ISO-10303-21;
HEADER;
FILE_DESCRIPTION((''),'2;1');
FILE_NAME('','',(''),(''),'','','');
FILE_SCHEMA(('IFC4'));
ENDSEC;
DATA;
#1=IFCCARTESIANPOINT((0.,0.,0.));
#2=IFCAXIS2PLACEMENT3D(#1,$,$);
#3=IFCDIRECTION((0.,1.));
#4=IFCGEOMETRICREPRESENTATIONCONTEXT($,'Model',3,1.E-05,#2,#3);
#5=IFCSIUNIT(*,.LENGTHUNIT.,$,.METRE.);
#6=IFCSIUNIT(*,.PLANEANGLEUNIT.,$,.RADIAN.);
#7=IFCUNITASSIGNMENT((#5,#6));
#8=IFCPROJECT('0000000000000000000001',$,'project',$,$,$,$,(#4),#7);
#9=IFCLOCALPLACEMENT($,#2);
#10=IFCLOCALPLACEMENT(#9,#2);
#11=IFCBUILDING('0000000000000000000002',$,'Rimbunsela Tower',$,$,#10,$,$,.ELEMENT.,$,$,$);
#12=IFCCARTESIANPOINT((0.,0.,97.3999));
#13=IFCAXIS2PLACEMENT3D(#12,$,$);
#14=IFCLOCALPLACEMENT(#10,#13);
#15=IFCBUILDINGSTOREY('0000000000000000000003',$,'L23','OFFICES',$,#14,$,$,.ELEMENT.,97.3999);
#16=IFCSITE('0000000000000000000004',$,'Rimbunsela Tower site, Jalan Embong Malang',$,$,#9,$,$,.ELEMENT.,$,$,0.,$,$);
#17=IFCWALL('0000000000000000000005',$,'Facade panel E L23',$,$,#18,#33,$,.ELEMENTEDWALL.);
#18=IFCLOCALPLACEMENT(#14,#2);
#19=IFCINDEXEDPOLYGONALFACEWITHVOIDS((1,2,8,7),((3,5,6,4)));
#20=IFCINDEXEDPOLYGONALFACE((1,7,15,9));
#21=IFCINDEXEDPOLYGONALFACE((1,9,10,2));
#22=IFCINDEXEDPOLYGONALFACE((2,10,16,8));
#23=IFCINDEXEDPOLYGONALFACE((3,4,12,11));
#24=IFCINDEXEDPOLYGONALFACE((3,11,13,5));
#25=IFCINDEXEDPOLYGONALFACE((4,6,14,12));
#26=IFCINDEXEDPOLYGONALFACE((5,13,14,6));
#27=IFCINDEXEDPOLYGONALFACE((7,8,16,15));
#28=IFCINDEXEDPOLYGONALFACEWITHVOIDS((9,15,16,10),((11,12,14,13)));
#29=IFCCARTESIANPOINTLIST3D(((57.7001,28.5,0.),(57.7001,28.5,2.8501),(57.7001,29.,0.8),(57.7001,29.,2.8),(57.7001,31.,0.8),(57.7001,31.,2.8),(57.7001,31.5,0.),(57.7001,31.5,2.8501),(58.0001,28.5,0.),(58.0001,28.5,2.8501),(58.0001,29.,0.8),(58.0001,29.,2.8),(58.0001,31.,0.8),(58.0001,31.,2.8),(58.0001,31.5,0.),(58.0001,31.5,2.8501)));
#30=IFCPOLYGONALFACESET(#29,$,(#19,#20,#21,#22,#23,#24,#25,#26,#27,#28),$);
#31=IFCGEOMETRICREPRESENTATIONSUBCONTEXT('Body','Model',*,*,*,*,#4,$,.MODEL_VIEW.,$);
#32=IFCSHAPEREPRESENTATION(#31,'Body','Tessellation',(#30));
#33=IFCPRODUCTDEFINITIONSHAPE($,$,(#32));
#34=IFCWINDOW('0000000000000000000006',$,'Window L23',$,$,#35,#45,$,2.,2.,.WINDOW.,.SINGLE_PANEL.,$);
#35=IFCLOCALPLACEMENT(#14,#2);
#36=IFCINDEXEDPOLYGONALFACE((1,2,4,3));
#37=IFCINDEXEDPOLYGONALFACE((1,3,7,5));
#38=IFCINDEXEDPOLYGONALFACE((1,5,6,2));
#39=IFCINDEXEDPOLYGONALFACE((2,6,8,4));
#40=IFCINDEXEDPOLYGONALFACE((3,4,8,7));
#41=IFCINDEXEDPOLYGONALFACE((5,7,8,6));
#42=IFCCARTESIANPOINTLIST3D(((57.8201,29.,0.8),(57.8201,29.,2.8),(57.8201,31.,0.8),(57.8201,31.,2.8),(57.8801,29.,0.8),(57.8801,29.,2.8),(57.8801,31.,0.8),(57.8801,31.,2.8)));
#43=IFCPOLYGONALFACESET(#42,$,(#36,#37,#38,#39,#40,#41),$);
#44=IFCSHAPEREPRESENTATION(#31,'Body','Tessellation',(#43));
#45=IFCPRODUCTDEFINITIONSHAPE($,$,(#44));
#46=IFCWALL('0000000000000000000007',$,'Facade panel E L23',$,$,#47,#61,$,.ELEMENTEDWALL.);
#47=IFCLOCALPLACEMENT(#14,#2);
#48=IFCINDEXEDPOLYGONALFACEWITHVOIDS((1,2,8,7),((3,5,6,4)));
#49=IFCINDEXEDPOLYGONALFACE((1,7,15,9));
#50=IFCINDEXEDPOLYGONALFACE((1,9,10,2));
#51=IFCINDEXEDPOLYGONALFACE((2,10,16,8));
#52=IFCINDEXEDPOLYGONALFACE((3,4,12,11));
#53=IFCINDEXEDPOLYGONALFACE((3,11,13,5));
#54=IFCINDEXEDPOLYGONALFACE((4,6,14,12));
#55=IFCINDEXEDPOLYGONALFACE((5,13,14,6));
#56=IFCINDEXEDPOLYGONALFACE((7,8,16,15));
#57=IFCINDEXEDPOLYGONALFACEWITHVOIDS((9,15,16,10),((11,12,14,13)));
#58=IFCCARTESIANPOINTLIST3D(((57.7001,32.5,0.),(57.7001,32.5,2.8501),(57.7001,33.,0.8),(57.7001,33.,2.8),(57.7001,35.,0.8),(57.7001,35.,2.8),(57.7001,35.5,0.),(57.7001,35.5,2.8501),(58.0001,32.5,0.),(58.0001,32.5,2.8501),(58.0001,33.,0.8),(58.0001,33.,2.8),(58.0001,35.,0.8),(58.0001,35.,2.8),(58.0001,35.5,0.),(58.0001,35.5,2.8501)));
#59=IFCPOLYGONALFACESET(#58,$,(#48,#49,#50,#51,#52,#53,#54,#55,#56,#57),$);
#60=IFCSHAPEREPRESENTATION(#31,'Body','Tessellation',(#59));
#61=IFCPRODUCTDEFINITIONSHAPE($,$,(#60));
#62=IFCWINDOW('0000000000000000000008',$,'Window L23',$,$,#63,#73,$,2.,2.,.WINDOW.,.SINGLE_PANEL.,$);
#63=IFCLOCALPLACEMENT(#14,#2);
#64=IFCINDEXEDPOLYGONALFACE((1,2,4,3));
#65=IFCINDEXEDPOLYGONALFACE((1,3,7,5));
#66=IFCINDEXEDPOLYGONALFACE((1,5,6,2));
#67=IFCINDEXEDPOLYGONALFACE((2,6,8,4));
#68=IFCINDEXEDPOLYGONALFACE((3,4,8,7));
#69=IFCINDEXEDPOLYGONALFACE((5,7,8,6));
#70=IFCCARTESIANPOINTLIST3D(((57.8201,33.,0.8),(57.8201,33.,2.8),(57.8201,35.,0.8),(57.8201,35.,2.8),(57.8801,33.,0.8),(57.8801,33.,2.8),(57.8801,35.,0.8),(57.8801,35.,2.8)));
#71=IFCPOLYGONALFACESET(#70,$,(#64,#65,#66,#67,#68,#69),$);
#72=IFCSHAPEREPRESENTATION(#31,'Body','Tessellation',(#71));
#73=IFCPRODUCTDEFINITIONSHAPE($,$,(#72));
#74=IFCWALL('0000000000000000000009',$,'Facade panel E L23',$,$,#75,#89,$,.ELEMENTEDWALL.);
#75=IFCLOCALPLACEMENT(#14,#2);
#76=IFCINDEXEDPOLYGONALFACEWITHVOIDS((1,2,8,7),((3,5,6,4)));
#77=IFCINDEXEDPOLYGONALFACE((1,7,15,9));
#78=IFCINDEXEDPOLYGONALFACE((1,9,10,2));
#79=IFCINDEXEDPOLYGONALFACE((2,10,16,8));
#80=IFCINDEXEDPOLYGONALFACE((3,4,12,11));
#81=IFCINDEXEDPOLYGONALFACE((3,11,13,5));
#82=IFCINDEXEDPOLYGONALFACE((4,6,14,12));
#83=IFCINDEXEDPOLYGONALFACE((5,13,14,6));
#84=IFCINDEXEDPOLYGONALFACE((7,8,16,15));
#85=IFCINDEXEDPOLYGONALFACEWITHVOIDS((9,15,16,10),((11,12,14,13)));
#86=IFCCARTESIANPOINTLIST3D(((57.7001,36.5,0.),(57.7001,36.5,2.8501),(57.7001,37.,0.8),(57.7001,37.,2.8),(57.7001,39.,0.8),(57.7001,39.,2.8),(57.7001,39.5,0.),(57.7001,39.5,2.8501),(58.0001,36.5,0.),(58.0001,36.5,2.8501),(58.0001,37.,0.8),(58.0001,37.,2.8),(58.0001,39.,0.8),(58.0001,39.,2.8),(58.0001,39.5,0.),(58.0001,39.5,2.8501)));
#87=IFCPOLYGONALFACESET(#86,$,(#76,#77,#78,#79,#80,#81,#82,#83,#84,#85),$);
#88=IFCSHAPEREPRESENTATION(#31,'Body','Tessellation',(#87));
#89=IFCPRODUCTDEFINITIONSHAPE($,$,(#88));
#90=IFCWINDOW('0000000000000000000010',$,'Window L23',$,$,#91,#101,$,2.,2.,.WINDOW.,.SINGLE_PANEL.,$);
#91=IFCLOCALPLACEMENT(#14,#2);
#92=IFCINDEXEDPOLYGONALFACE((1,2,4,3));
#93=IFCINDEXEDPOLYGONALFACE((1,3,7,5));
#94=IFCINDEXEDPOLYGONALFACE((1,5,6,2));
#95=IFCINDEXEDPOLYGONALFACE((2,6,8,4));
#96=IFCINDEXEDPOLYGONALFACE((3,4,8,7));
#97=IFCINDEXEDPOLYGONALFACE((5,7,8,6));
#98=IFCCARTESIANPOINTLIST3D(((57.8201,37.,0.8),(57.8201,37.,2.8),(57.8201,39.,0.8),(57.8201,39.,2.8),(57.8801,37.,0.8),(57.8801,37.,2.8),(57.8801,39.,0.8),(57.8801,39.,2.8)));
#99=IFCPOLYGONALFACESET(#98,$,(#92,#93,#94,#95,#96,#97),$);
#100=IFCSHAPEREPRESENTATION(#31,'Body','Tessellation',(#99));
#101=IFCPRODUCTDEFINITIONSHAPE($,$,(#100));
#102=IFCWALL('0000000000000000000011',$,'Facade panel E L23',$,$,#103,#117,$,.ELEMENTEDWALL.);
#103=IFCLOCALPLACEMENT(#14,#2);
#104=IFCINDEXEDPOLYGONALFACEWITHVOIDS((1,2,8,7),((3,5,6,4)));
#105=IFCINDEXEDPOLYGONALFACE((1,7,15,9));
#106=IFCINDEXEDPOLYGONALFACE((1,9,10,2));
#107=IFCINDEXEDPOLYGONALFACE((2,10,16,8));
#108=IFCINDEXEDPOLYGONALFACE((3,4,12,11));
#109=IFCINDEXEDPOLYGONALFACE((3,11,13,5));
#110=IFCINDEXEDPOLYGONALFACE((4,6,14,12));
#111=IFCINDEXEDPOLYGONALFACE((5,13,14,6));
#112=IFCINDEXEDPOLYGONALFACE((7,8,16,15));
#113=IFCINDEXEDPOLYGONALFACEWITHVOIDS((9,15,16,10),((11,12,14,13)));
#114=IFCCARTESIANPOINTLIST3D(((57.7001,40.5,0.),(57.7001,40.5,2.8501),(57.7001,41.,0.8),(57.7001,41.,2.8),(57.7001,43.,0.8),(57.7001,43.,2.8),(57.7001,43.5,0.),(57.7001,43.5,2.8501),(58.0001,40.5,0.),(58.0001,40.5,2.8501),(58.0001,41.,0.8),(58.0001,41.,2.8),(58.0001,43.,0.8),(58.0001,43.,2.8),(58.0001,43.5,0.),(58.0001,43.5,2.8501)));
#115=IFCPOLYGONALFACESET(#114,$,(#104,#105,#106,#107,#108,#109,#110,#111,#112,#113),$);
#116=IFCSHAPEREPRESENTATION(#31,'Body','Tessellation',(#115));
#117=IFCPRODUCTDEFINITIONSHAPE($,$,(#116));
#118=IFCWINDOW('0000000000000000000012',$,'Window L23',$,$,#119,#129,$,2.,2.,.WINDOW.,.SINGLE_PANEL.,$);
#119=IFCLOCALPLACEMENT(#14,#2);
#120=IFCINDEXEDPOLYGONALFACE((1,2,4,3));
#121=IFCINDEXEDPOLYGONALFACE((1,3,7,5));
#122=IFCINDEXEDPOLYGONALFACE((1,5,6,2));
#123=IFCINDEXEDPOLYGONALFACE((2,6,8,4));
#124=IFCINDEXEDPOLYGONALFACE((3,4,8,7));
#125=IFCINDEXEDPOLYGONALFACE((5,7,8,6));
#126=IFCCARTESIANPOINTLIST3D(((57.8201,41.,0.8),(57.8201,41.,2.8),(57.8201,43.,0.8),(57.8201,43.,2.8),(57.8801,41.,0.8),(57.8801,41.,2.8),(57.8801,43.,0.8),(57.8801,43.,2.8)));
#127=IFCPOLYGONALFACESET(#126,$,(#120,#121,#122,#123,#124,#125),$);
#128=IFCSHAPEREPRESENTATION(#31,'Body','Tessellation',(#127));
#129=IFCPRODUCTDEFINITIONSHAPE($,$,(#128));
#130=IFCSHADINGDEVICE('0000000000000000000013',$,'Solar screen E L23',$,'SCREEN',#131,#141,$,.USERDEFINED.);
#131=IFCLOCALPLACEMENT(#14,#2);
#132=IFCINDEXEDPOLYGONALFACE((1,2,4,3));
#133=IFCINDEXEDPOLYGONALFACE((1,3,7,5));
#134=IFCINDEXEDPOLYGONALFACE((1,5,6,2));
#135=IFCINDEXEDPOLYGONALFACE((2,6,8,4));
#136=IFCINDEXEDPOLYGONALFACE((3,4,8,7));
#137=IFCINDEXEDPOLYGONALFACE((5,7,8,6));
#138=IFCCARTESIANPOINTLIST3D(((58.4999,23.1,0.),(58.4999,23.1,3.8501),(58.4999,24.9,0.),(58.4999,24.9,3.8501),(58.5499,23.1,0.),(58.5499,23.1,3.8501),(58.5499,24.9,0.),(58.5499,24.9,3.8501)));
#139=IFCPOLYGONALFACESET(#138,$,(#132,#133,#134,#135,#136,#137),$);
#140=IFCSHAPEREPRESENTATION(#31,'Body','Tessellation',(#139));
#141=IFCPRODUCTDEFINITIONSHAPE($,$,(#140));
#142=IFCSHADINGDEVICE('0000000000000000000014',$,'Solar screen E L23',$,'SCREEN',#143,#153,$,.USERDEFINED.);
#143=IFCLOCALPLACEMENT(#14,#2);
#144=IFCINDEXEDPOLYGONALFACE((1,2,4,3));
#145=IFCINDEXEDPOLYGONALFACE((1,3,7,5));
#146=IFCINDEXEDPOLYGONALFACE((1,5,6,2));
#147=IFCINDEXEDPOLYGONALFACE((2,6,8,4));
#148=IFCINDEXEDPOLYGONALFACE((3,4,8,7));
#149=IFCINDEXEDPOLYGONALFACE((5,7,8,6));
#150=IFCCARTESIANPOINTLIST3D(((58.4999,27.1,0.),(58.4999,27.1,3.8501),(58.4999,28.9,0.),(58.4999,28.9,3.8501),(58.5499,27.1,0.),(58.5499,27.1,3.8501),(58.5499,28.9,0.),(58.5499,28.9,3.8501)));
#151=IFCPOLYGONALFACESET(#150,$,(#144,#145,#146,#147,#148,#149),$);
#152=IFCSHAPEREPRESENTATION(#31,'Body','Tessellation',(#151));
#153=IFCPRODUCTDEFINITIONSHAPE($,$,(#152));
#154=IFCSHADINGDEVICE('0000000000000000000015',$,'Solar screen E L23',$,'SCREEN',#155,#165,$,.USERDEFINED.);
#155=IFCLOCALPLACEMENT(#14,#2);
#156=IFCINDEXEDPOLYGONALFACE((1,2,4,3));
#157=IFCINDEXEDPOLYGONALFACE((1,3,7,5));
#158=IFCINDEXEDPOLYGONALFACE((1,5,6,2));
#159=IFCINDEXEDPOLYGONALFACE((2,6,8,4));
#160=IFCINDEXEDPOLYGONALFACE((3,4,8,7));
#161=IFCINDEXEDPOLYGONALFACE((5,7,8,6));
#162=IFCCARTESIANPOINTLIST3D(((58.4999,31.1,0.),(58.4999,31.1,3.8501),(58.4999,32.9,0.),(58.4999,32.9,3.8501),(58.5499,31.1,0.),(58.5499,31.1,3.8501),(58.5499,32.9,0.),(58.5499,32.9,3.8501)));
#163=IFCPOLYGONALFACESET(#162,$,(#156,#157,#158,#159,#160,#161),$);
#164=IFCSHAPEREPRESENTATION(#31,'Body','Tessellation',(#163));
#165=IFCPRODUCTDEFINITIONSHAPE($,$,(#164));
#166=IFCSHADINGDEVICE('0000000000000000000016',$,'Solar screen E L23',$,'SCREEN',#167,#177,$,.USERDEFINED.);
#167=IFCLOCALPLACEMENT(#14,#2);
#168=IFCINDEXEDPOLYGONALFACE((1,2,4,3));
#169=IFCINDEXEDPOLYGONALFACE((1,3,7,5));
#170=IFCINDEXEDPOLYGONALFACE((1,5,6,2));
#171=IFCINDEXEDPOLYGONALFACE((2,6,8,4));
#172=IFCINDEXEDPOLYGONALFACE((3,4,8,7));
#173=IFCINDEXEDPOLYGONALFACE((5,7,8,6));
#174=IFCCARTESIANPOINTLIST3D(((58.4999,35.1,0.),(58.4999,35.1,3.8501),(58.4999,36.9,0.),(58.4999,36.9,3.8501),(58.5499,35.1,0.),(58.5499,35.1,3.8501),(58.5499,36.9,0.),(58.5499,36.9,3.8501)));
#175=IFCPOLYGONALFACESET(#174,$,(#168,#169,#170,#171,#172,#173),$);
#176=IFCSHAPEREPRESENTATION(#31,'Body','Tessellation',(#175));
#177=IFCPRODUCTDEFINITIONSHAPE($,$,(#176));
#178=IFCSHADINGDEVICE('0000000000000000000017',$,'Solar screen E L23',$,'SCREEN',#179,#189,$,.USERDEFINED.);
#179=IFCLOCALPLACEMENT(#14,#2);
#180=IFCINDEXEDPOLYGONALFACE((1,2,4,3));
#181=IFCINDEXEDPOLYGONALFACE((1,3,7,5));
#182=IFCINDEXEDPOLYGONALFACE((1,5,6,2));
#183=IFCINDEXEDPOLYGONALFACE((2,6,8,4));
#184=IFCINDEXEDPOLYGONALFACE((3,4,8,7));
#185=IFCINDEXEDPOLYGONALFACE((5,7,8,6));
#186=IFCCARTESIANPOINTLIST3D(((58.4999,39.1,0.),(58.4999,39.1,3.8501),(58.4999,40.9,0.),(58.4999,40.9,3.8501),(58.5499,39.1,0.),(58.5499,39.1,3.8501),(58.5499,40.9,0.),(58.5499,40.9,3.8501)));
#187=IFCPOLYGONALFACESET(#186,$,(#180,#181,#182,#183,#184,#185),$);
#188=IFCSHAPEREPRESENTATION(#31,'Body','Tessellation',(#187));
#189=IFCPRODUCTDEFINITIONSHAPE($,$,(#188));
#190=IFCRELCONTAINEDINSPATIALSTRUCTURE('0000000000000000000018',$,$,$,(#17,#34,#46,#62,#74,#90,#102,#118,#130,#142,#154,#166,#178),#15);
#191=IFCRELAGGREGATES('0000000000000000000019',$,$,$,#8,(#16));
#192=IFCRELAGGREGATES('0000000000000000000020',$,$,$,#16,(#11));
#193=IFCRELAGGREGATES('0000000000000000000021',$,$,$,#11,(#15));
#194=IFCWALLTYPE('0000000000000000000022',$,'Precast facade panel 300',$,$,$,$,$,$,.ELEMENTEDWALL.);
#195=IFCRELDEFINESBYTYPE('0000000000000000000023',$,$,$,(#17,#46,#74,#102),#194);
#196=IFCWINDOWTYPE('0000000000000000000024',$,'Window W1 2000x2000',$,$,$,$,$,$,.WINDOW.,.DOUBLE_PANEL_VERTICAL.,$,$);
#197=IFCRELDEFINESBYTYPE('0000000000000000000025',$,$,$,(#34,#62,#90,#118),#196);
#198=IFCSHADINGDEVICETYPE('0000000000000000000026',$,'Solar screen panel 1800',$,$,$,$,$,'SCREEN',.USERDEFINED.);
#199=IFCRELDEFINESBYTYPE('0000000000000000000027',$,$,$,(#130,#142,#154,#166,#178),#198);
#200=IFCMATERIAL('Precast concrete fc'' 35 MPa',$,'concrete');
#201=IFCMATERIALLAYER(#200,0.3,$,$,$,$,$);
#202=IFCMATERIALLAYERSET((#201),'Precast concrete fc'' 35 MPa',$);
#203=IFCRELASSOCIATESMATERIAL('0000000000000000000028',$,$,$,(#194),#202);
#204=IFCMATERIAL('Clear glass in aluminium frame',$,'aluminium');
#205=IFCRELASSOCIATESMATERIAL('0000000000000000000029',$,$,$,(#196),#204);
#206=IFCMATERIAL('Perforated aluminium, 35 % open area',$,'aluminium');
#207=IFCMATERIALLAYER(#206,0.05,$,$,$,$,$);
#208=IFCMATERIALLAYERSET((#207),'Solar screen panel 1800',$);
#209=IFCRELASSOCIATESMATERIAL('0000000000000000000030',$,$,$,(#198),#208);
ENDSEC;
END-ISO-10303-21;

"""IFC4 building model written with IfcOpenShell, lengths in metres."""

from ifc_helpers import new_model, si_unit, direction, frame, frame_2d, origin, origin_2d, place, context, subcontext, project, spatial, rectangle, extrude, material, layer, layer_set, type_object, element, fill, save


model = new_model("IFC4")

# Units and contexts
model_context = context("Model", 3, precision=1e-05, world=origin(), true_north=direction((0.0, 1.0)))
body_context = subcontext(model_context, "Body", "Model", "MODEL_VIEW")
ifc_project = project(units=[si_unit("LENGTHUNIT", "METRE"), si_unit("PLANEANGLEUNIT", "RADIAN")], contexts=[model_context])

# Site, building, storey
site_placement = place(None, origin())
site = spatial("IfcSite", under=ifc_project, at=site_placement, Name="Rimbunsela Tower site, Jalan Embong Malang", CompositionType="ELEMENT", RefElevation=0.0)
building_placement = place(site_placement, origin())
building = spatial("IfcBuilding", under=site, at=building_placement, Name="Rimbunsela Tower", CompositionType="ELEMENT")
storey_placement = place(building_placement, frame((0.0, 0.0, 97.3999)))
storey = spatial("IfcBuildingStorey", under=building, at=storey_placement, Name="L23", Description="OFFICES", CompositionType="ELEMENT", Elevation=97.3999)

# Walls, openings, windows
ifc_material_1 = material(Name="Precast concrete fc' 35 MPa", Category="concrete")
ifc_layer_1 = layer(ifc_material_1, 0.3)
ifc_layer_set_1 = layer_set([ifc_layer_1], Name="Precast concrete fc' 35 MPa")
wall_type = type_object("IfcWallType", Name="Precast facade panel 300", PredefinedType="ELEMENTEDWALL", material=ifc_layer_set_1)
ifc_material_2 = material(Name="Clear glass in aluminium frame", Category="aluminium")
window_type = type_object("IfcWindowType", Name="Window W1 2000x2000", PartitioningType="DOUBLE_PANEL_VERTICAL", PredefinedType="WINDOW", material=ifc_material_2)
wall_1_placement = place(storey_placement, frame((57.8501, 28.5, 0.0), z_axis=(0.0, 0.0, 1.0), x_axis=(0.0, 1.0, 0.0)))
wall_1 = element("IfcWall", 1, at=wall_1_placement, inside=storey, type_object=wall_type, Name="Facade panel E L23", PredefinedType="ELEMENTEDWALL", context=body_context, shape_type="SweptSolid", body=[
    extrude(rectangle(XDim=3.0, YDim=0.3, at=frame_2d((1.5, 0.0))), origin(), (0.0, 0.0, 1.0), 2.8501),
])
opening_1_placement = place(wall_1_placement, frame((0.5, 0.0, 0.8)))
opening_1 = element("IfcOpeningElement", 2, at=opening_1_placement, cuts=wall_1, PredefinedType="OPENING", context=body_context, shape_type="SweptSolid", body=[
    extrude(rectangle(XDim=2.0, YDim=2.0, at=frame_2d((1.0, 1.0))), frame((0.0, 0.1599, 0.0), z_axis=(0.0, -1.0, 0.0), x_axis=(1.0, 0.0, 0.0)), (0.0, 0.0, 1.0), 0.3201),
])
window_1_placement = place(opening_1_placement, origin())
window_1 = element("IfcWindow", 3, at=window_1_placement, inside=storey, type_object=window_type, Name="Window L23", OverallHeight=2.0, OverallWidth=2.0, PartitioningType="SINGLE_PANEL", PredefinedType="WINDOW", context=body_context, shape_type="SweptSolid", body=[
    extrude(rectangle(XDim=2.0, YDim=2.0, at=frame_2d((1.0, 1.0))), frame((0.0, 0.03, 0.0), z_axis=(0.0, -1.0, 0.0), x_axis=(1.0, 0.0, 0.0)), (0.0, 0.0, 1.0), 0.0601),
])
fill(opening_1, window_1)
wall_2_placement = place(storey_placement, frame((57.8501, 32.5, 0.0), z_axis=(0.0, 0.0, 1.0), x_axis=(0.0, 1.0, 0.0)))
wall_2 = element("IfcWall", 4, at=wall_2_placement, inside=storey, type_object=wall_type, Name="Facade panel E L23", PredefinedType="ELEMENTEDWALL", context=body_context, shape_type="SweptSolid", body=[
    extrude(rectangle(XDim=3.0, YDim=0.3, at=frame_2d((1.5, 0.0))), origin(), (0.0, 0.0, 1.0), 2.8501),
])
opening_2_placement = place(wall_2_placement, frame((0.5, 0.0, 0.8)))
opening_2 = element("IfcOpeningElement", 5, at=opening_2_placement, cuts=wall_2, PredefinedType="OPENING", context=body_context, shape_type="SweptSolid", body=[
    extrude(rectangle(XDim=2.0, YDim=2.0, at=frame_2d((1.0, 1.0))), frame((0.0, 0.1599, 0.0), z_axis=(0.0, -1.0, 0.0), x_axis=(1.0, 0.0, 0.0)), (0.0, 0.0, 1.0), 0.3201),
])
window_2_placement = place(opening_2_placement, origin())
window_2 = element("IfcWindow", 6, at=window_2_placement, inside=storey, type_object=window_type, Name="Window L23", OverallHeight=2.0, OverallWidth=2.0, PartitioningType="SINGLE_PANEL", PredefinedType="WINDOW", context=body_context, shape_type="SweptSolid", body=[
    extrude(rectangle(XDim=2.0, YDim=2.0, at=frame_2d((1.0, 1.0))), frame((0.0, 0.03, 0.0), z_axis=(0.0, -1.0, 0.0), x_axis=(1.0, 0.0, 0.0)), (0.0, 0.0, 1.0), 0.0601),
])
fill(opening_2, window_2)
wall_3_placement = place(storey_placement, frame((57.8501, 36.5, 0.0), z_axis=(0.0, 0.0, 1.0), x_axis=(0.0, 1.0, 0.0)))
wall_3 = element("IfcWall", 7, at=wall_3_placement, inside=storey, type_object=wall_type, Name="Facade panel E L23", PredefinedType="ELEMENTEDWALL", context=body_context, shape_type="SweptSolid", body=[
    extrude(rectangle(XDim=3.0, YDim=0.3, at=frame_2d((1.5, 0.0))), origin(), (0.0, 0.0, 1.0), 2.8501),
])
opening_3_placement = place(wall_3_placement, frame((0.5, 0.0, 0.8)))
opening_3 = element("IfcOpeningElement", 8, at=opening_3_placement, cuts=wall_3, PredefinedType="OPENING", context=body_context, shape_type="SweptSolid", body=[
    extrude(rectangle(XDim=2.0, YDim=2.0, at=frame_2d((1.0, 1.0))), frame((0.0, 0.1599, 0.0), z_axis=(0.0, -1.0, 0.0), x_axis=(1.0, 0.0, 0.0)), (0.0, 0.0, 1.0), 0.3201),
])
window_3_placement = place(opening_3_placement, origin())
window_3 = element("IfcWindow", 9, at=window_3_placement, inside=storey, type_object=window_type, Name="Window L23", OverallHeight=2.0, OverallWidth=2.0, PartitioningType="SINGLE_PANEL", PredefinedType="WINDOW", context=body_context, shape_type="SweptSolid", body=[
    extrude(rectangle(XDim=2.0, YDim=2.0, at=frame_2d((1.0, 1.0))), frame((0.0, 0.03, 0.0), z_axis=(0.0, -1.0, 0.0), x_axis=(1.0, 0.0, 0.0)), (0.0, 0.0, 1.0), 0.0601),
])
fill(opening_3, window_3)
wall_4_placement = place(storey_placement, frame((57.8501, 40.5, 0.0), z_axis=(0.0, 0.0, 1.0), x_axis=(0.0, 1.0, 0.0)))
wall_4 = element("IfcWall", 10, at=wall_4_placement, inside=storey, type_object=wall_type, Name="Facade panel E L23", PredefinedType="ELEMENTEDWALL", context=body_context, shape_type="SweptSolid", body=[
    extrude(rectangle(XDim=3.0, YDim=0.3, at=frame_2d((1.5, 0.0))), origin(), (0.0, 0.0, 1.0), 2.8501),
])
opening_4_placement = place(wall_4_placement, frame((0.5, 0.0, 0.8)))
opening_4 = element("IfcOpeningElement", 11, at=opening_4_placement, cuts=wall_4, PredefinedType="OPENING", context=body_context, shape_type="SweptSolid", body=[
    extrude(rectangle(XDim=2.0, YDim=2.0, at=frame_2d((1.0, 1.0))), frame((0.0, 0.1599, 0.0), z_axis=(0.0, -1.0, 0.0), x_axis=(1.0, 0.0, 0.0)), (0.0, 0.0, 1.0), 0.3201),
])
window_4_placement = place(opening_4_placement, origin())
window_4 = element("IfcWindow", 12, at=window_4_placement, inside=storey, type_object=window_type, Name="Window L23", OverallHeight=2.0, OverallWidth=2.0, PartitioningType="SINGLE_PANEL", PredefinedType="WINDOW", context=body_context, shape_type="SweptSolid", body=[
    extrude(rectangle(XDim=2.0, YDim=2.0, at=frame_2d((1.0, 1.0))), frame((0.0, 0.03, 0.0), z_axis=(0.0, -1.0, 0.0), x_axis=(1.0, 0.0, 0.0)), (0.0, 0.0, 1.0), 0.0601),
])
fill(opening_4, window_4)

# Shading devices
ifc_material_3 = material(Name="Perforated aluminium, 35 % open area", Category="aluminium")
ifc_layer_2 = layer(ifc_material_3, 0.05)
ifc_layer_set_2 = layer_set([ifc_layer_2], Name="Solar screen panel 1800")
shading_device_type = type_object("IfcShadingDeviceType", Name="Solar screen panel 1800", ElementType="SCREEN", PredefinedType="USERDEFINED", material=ifc_layer_set_2)
for number, where, z_axis, x_axis, name in (
    (13, (58.5249, 24.0, 0.0), (0.0, 0.0, 1.0), (0.0, 1.0, 0.0), "Solar screen E L23"),
    (14, (58.5249, 28.0, 0.0), (0.0, 0.0, 1.0), (0.0, 1.0, 0.0), "Solar screen E L23"),
    (15, (58.5249, 32.0, 0.0), (0.0, 0.0, 1.0), (0.0, 1.0, 0.0), "Solar screen E L23"),
    (16, (58.5249, 36.0, 0.0), (0.0, 0.0, 1.0), (0.0, 1.0, 0.0), "Solar screen E L23"),
    (17, (58.5249, 40.0, 0.0), (0.0, 0.0, 1.0), (0.0, 1.0, 0.0), "Solar screen E L23"),
):
    element("IfcShadingDevice", number, at=place(storey_placement, frame(where, z_axis=z_axis, x_axis=x_axis)), inside=storey, type_object=shading_device_type, Name=name, ObjectType="SCREEN", PredefinedType="USERDEFINED", context=body_context, shape_type="SweptSolid", body=[
        extrude(rectangle(XDim=1.8, YDim=0.05, at=origin_2d()), origin(), (0.0, 0.0, 1.0), 3.8501),
    ])

save(model, "model.ifc")
